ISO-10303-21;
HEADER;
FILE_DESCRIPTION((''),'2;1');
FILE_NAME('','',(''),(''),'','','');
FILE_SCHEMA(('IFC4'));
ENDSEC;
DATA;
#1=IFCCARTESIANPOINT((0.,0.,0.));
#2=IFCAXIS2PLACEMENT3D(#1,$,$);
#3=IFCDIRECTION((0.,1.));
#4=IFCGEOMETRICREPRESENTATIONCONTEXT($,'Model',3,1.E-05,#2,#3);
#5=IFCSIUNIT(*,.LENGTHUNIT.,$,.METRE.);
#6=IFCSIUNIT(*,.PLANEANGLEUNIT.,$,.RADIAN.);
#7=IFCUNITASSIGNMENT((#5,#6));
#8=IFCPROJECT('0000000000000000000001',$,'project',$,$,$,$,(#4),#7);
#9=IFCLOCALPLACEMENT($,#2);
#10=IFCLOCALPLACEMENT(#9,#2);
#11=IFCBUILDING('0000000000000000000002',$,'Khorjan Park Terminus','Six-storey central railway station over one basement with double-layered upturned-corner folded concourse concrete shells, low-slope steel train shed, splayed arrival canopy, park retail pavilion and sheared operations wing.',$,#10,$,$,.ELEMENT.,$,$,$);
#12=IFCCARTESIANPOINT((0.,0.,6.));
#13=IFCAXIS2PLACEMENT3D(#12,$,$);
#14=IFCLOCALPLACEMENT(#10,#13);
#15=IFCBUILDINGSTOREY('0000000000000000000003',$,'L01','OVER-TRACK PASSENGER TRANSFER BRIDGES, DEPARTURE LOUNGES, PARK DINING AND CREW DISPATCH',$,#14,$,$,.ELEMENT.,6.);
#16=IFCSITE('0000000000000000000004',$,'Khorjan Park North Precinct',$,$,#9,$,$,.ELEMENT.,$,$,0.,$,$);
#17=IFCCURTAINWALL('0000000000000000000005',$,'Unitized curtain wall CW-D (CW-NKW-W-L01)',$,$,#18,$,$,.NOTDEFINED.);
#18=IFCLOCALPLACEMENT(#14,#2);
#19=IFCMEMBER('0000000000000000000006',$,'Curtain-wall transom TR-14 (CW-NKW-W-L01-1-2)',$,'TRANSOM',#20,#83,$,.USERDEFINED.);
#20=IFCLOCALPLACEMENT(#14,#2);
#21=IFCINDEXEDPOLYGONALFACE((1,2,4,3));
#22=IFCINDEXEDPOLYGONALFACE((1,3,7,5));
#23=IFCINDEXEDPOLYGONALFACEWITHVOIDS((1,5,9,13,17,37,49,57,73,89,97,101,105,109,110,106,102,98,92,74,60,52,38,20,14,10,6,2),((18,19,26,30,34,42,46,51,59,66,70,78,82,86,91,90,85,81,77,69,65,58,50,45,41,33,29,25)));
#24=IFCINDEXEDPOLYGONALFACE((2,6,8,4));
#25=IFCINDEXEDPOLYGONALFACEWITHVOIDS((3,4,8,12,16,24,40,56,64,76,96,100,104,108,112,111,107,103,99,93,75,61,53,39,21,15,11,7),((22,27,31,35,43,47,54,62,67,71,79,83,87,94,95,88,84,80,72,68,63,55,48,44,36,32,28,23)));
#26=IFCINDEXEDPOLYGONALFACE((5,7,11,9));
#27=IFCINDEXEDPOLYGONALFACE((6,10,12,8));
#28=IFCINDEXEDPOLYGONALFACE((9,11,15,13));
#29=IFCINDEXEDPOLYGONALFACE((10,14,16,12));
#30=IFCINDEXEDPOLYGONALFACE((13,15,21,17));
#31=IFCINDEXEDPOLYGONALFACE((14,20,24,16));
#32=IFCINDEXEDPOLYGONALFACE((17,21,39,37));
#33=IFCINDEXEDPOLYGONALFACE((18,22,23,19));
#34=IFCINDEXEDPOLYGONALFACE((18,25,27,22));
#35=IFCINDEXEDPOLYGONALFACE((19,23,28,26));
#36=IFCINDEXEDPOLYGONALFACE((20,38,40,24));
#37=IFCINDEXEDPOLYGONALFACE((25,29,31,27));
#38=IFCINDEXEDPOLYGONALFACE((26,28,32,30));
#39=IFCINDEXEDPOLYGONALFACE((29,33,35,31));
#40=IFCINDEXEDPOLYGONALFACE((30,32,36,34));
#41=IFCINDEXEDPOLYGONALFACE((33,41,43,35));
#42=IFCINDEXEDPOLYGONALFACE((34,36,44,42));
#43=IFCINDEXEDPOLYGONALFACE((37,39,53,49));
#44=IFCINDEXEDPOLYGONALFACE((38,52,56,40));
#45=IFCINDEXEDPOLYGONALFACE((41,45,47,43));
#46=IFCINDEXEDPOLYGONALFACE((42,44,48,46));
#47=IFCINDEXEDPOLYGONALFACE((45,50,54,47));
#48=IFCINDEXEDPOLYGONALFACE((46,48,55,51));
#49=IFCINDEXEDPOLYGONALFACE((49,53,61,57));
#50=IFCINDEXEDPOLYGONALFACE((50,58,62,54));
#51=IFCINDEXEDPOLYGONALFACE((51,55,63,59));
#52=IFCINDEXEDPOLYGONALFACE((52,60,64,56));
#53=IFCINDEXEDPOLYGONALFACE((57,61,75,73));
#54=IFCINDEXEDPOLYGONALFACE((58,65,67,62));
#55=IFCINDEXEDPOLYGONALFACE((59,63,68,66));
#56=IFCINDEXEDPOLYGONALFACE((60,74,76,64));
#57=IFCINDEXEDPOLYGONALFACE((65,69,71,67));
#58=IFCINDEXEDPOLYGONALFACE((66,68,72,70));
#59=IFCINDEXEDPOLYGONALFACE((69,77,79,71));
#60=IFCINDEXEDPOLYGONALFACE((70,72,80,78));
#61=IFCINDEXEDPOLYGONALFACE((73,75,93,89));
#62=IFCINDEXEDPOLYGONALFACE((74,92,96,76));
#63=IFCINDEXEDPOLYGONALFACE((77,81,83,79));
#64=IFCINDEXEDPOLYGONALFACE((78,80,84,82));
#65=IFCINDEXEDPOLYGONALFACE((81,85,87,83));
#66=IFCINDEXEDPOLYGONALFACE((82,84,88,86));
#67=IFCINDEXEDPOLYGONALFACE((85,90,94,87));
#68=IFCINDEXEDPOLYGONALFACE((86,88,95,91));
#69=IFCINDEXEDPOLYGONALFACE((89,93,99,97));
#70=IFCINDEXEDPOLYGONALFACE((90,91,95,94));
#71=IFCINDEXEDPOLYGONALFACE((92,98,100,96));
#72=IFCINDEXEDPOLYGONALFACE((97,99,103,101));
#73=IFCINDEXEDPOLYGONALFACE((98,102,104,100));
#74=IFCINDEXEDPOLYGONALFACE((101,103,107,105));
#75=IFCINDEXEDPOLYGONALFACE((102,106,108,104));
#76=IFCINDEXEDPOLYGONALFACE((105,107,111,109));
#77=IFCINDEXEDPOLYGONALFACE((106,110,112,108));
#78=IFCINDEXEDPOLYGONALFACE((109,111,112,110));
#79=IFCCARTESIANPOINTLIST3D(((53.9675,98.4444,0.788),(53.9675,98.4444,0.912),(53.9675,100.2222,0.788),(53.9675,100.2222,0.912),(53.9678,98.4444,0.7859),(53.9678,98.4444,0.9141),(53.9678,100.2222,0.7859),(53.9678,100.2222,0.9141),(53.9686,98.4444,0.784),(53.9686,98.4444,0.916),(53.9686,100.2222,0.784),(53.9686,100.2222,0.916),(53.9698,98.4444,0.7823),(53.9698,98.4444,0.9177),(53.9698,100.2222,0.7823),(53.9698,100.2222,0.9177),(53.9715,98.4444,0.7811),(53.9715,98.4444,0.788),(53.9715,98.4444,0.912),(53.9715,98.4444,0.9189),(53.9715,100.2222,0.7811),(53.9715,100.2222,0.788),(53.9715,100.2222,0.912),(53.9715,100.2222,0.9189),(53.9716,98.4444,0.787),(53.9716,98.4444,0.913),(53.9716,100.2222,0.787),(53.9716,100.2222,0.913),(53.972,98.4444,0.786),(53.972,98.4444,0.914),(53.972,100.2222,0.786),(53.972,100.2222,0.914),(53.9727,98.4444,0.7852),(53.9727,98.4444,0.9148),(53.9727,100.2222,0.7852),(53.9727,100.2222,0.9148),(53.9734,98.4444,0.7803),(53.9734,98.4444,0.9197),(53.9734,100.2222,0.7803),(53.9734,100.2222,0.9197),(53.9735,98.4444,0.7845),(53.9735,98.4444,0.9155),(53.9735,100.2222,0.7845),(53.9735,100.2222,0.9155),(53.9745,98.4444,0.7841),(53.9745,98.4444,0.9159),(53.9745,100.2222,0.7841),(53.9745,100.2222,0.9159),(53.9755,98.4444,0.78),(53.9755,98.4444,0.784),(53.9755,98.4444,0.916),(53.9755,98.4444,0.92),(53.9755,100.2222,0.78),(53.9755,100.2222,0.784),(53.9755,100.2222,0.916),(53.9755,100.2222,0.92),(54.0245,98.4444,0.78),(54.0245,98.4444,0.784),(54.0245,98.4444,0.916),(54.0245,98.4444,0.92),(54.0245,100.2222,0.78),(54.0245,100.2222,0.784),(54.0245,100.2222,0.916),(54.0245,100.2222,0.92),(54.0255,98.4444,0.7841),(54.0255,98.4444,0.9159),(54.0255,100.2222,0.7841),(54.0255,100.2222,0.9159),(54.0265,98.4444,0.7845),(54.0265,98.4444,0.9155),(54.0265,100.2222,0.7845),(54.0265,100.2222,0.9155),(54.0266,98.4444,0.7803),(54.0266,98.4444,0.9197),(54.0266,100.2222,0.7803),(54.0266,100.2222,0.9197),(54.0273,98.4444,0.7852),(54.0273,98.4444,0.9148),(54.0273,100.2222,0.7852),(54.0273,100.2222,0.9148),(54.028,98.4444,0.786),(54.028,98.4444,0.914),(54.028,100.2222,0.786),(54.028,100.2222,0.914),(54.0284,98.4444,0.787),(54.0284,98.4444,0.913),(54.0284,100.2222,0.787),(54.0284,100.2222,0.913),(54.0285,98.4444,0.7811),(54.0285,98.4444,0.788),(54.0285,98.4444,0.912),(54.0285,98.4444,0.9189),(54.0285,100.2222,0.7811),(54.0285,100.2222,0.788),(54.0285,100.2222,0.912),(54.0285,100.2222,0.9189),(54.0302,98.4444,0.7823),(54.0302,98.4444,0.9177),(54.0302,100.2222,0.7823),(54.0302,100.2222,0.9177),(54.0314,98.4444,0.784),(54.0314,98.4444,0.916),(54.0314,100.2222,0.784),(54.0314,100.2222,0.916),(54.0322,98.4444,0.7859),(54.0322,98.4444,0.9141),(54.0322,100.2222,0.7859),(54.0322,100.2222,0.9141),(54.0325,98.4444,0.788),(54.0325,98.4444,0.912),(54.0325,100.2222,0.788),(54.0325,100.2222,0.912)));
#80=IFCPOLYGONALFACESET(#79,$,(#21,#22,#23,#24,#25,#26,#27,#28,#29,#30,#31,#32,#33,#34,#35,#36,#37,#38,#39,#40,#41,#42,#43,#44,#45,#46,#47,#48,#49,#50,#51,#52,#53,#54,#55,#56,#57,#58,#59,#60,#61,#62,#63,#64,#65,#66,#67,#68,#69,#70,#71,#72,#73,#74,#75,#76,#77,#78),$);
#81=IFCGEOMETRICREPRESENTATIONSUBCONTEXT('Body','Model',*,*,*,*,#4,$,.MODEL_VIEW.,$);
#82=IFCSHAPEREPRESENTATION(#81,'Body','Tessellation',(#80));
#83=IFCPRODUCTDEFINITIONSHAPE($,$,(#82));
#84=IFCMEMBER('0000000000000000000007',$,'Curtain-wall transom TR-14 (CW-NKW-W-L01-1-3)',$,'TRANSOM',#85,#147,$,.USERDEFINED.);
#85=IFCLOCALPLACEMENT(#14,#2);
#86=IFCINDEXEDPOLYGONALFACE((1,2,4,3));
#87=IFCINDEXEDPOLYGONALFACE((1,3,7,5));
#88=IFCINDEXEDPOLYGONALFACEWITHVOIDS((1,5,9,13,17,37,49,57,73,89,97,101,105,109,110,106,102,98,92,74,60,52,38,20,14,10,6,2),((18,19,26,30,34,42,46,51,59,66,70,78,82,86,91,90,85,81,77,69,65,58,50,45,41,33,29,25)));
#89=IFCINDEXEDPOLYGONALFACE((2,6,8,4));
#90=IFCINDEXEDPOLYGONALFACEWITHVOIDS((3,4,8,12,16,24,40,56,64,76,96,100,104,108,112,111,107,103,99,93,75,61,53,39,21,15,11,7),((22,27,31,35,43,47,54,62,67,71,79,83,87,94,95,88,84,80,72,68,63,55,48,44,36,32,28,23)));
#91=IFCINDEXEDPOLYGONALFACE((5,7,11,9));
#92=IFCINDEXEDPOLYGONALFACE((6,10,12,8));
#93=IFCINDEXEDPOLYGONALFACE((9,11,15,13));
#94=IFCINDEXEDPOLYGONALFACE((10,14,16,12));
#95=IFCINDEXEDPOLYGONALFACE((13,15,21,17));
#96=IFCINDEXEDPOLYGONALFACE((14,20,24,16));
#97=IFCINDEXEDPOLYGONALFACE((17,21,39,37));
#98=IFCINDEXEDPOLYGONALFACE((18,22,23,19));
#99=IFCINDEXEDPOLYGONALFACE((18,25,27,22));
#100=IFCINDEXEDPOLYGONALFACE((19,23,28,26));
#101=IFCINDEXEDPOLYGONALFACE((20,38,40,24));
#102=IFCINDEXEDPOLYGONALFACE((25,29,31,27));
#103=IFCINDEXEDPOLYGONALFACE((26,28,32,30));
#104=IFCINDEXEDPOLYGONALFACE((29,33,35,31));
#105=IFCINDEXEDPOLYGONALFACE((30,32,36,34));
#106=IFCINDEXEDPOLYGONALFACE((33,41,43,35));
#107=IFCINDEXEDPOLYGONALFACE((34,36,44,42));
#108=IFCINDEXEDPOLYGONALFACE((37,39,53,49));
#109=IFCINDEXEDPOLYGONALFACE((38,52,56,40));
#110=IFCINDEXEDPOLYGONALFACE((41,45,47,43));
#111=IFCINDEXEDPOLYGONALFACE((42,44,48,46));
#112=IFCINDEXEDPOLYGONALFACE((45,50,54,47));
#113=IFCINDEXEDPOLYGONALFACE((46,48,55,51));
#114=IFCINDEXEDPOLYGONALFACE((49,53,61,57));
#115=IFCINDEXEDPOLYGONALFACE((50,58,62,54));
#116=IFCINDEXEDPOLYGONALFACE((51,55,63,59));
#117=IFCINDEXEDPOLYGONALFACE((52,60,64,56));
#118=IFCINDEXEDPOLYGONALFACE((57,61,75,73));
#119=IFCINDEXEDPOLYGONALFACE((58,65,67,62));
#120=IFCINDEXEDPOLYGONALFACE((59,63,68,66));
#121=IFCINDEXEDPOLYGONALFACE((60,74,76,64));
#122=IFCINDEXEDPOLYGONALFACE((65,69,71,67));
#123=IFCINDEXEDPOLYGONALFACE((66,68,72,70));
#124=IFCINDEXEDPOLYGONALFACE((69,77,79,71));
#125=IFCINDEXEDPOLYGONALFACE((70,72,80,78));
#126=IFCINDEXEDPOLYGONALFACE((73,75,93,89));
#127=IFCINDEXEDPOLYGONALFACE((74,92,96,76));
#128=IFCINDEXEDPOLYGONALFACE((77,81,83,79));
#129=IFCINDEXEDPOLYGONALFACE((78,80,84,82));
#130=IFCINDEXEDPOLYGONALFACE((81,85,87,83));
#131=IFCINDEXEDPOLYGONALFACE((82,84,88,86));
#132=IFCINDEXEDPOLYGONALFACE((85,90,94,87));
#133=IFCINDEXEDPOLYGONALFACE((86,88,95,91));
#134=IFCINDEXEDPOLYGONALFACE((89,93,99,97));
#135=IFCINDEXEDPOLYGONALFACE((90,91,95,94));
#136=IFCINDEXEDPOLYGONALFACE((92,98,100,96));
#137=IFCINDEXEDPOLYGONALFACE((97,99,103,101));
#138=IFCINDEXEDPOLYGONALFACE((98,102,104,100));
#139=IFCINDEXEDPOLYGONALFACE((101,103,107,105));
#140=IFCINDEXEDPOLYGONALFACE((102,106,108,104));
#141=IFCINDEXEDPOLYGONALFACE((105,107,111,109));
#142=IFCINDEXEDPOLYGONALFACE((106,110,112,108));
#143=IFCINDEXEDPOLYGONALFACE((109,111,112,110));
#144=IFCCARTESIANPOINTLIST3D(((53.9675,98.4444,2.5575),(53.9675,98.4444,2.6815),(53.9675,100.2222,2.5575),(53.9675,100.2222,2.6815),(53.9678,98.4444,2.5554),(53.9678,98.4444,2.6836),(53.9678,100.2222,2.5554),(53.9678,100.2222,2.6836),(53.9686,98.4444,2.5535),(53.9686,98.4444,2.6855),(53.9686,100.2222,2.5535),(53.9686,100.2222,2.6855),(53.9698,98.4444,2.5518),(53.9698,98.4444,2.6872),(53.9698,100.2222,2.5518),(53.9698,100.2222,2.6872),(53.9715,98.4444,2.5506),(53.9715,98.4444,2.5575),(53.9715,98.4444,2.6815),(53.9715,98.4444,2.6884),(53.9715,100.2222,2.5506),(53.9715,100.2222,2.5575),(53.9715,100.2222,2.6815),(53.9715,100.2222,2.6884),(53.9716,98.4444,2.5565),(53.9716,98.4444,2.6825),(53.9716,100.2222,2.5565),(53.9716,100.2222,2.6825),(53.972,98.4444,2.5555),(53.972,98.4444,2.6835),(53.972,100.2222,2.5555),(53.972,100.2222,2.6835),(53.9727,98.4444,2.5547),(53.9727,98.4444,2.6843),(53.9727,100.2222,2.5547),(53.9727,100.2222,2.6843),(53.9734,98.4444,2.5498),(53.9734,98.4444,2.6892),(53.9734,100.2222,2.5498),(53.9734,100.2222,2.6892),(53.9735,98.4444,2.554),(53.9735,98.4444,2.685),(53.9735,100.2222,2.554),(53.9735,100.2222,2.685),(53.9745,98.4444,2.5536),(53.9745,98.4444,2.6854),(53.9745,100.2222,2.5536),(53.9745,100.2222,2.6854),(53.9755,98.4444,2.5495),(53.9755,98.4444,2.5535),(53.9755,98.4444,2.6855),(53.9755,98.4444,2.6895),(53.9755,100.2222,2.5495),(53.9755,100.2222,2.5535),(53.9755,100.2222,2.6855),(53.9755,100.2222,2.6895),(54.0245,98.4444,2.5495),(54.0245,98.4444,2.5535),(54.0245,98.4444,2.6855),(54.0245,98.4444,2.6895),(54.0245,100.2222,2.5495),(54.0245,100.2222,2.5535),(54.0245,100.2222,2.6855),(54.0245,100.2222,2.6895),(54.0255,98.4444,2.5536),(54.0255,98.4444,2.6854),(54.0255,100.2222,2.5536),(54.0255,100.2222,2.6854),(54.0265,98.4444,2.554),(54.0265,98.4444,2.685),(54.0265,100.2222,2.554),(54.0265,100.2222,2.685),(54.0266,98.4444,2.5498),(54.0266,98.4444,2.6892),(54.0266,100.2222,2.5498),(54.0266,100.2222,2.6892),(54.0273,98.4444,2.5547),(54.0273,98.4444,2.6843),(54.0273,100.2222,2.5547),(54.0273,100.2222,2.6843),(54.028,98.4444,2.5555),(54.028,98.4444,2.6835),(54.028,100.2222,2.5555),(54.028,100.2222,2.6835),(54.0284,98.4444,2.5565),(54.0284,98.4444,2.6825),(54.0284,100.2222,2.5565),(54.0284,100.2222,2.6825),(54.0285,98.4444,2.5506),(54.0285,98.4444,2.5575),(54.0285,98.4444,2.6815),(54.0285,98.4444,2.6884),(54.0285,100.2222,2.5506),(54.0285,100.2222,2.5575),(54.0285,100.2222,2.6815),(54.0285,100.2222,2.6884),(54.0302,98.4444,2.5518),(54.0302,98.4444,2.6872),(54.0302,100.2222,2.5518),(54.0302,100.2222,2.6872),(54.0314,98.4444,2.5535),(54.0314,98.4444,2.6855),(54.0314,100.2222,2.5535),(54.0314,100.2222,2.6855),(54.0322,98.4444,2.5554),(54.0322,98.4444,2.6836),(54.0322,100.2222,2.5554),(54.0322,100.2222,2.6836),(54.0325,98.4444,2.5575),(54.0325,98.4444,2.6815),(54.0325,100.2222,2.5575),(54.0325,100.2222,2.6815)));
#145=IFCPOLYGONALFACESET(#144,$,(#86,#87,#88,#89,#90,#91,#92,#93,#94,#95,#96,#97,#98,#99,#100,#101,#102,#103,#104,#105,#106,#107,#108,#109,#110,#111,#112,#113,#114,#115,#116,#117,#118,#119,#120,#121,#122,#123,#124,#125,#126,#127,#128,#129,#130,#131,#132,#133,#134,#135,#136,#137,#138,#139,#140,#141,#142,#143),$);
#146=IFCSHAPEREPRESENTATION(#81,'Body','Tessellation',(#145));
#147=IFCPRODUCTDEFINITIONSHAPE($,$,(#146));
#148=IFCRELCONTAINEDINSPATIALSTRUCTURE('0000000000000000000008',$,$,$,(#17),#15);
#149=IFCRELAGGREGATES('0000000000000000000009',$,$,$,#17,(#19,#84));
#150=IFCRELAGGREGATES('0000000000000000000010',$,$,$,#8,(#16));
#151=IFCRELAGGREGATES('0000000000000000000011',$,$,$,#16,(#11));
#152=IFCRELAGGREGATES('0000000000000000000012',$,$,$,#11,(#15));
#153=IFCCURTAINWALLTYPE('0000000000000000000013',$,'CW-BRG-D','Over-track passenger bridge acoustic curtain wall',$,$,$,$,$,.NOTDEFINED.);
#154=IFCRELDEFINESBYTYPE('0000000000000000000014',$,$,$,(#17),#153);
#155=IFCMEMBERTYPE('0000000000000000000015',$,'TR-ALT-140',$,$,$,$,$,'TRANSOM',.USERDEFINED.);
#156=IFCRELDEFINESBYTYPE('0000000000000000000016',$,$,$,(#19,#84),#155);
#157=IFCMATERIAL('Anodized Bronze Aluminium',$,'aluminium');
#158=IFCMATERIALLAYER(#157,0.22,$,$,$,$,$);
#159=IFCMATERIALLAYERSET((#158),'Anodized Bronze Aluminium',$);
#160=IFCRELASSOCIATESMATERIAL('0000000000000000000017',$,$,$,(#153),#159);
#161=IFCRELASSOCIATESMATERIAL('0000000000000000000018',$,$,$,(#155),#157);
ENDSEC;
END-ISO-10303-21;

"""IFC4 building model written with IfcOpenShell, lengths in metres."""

from ifc_helpers import new_model, si_unit, direction, frame, origin, origin_2d, place, context, subcontext, project, spatial, hollow_rectangle, extrude, material, layer, layer_set, material_profile, profile_set, type_object, element, aggregate, save


model = new_model("IFC4")

# Units and contexts
model_context = context("Model", 3, precision=1e-05, world=origin(), true_north=direction((0.0, 1.0)))
body_context = subcontext(model_context, "Body", "Model", "MODEL_VIEW")
ifc_project = project(units=[si_unit("LENGTHUNIT", "METRE"), si_unit("PLANEANGLEUNIT", "RADIAN")], contexts=[model_context])

# Site, building, storey
site_placement = place(None, origin())
site = spatial("IfcSite", under=ifc_project, at=site_placement, Name="Khorjan Park North Precinct", CompositionType="ELEMENT", RefElevation=0.0)
building_placement = place(site_placement, origin())
building = spatial("IfcBuilding", under=site, at=building_placement, Name="Khorjan Park Terminus", Description="Six-storey central railway station over one basement with double-layered upturned-corner folded concourse concrete shells, low-slope steel train shed, splayed arrival canopy, park retail pavilion and sheared operations wing.", CompositionType="ELEMENT")
storey_placement = place(building_placement, frame((0.0, 0.0, 6.0)))
storey = spatial("IfcBuildingStorey", under=building, at=storey_placement, Name="L01", Description="OVER-TRACK PASSENGER TRANSFER BRIDGES, DEPARTURE LOUNGES, PARK DINING AND CREW DISPATCH", CompositionType="ELEMENT", Elevation=6.0)

# Curtain wall, members
ifc_material_1 = material(Name="Anodized Bronze Aluminium", Category="aluminium")
ifc_layer_1 = layer(ifc_material_1, 0.22)
ifc_layer_set_1 = layer_set([ifc_layer_1], Name="Anodized Bronze Aluminium")
curtain_wall_type = type_object("IfcCurtainWallType", Name="CW-BRG-D", Description="Over-track passenger bridge acoustic curtain wall", PredefinedType="NOTDEFINED", material=ifc_layer_set_1)
curtain_wall_placement = place(storey_placement, origin())
curtain_wall = element("IfcCurtainWall", 1, at=curtain_wall_placement, inside=storey, type_object=curtain_wall_type, Name="Unitized curtain wall CW-D (CW-NKW-W-L01)", PredefinedType="NOTDEFINED")
ifc_material_profile_1 = material_profile(ifc_material_1, hollow_rectangle(XDim=0.065, YDim=0.14, WallThickness=0.004, InnerFilletRadius=0.004, OuterFilletRadius=0.008, at=origin_2d()), Name="ALT 65x140x4")
ifc_profile_set_1 = profile_set([ifc_material_profile_1], Name="Anodized Bronze Aluminium")
member_type_1 = type_object("IfcMemberType", Name="TR-ALT-140", ElementType="TRANSOM", PredefinedType="USERDEFINED", material=ifc_profile_set_1)
member_1_placement = place(storey_placement, frame((54.0, 100.2222, 0.85), z_axis=(0.0, -1.0, 0.0), x_axis=(1.0, 0.0, 0.0)))
member_1 = element("IfcMember", 2, at=member_1_placement, type_object=member_type_1, Name="Curtain-wall transom TR-14 (CW-NKW-W-L01-1-2)", ObjectType="TRANSOM", PredefinedType="USERDEFINED", context=body_context, shape_type="SweptSolid", body=[
    extrude(hollow_rectangle(XDim=0.065, YDim=0.14, WallThickness=0.004, InnerFilletRadius=0.004, OuterFilletRadius=0.008, at=origin_2d()), origin(), (0.0, 0.0, 1.0), 1.7778),
])
member_2_placement = place(storey_placement, frame((54.0, 100.2222, 2.6195), z_axis=(0.0, -1.0, 0.0), x_axis=(1.0, 0.0, 0.0)))
member_2 = element("IfcMember", 3, at=member_2_placement, type_object=member_type_1, Name="Curtain-wall transom TR-14 (CW-NKW-W-L01-1-3)", ObjectType="TRANSOM", PredefinedType="USERDEFINED", context=body_context, shape_type="SweptSolid", body=[
    extrude(hollow_rectangle(XDim=0.065, YDim=0.14, WallThickness=0.004, InnerFilletRadius=0.004, OuterFilletRadius=0.008, at=origin_2d()), origin(), (0.0, 0.0, 1.0), 1.7778),
])
aggregate(curtain_wall, [member_1, member_2])

save(model, "model.ifc")
